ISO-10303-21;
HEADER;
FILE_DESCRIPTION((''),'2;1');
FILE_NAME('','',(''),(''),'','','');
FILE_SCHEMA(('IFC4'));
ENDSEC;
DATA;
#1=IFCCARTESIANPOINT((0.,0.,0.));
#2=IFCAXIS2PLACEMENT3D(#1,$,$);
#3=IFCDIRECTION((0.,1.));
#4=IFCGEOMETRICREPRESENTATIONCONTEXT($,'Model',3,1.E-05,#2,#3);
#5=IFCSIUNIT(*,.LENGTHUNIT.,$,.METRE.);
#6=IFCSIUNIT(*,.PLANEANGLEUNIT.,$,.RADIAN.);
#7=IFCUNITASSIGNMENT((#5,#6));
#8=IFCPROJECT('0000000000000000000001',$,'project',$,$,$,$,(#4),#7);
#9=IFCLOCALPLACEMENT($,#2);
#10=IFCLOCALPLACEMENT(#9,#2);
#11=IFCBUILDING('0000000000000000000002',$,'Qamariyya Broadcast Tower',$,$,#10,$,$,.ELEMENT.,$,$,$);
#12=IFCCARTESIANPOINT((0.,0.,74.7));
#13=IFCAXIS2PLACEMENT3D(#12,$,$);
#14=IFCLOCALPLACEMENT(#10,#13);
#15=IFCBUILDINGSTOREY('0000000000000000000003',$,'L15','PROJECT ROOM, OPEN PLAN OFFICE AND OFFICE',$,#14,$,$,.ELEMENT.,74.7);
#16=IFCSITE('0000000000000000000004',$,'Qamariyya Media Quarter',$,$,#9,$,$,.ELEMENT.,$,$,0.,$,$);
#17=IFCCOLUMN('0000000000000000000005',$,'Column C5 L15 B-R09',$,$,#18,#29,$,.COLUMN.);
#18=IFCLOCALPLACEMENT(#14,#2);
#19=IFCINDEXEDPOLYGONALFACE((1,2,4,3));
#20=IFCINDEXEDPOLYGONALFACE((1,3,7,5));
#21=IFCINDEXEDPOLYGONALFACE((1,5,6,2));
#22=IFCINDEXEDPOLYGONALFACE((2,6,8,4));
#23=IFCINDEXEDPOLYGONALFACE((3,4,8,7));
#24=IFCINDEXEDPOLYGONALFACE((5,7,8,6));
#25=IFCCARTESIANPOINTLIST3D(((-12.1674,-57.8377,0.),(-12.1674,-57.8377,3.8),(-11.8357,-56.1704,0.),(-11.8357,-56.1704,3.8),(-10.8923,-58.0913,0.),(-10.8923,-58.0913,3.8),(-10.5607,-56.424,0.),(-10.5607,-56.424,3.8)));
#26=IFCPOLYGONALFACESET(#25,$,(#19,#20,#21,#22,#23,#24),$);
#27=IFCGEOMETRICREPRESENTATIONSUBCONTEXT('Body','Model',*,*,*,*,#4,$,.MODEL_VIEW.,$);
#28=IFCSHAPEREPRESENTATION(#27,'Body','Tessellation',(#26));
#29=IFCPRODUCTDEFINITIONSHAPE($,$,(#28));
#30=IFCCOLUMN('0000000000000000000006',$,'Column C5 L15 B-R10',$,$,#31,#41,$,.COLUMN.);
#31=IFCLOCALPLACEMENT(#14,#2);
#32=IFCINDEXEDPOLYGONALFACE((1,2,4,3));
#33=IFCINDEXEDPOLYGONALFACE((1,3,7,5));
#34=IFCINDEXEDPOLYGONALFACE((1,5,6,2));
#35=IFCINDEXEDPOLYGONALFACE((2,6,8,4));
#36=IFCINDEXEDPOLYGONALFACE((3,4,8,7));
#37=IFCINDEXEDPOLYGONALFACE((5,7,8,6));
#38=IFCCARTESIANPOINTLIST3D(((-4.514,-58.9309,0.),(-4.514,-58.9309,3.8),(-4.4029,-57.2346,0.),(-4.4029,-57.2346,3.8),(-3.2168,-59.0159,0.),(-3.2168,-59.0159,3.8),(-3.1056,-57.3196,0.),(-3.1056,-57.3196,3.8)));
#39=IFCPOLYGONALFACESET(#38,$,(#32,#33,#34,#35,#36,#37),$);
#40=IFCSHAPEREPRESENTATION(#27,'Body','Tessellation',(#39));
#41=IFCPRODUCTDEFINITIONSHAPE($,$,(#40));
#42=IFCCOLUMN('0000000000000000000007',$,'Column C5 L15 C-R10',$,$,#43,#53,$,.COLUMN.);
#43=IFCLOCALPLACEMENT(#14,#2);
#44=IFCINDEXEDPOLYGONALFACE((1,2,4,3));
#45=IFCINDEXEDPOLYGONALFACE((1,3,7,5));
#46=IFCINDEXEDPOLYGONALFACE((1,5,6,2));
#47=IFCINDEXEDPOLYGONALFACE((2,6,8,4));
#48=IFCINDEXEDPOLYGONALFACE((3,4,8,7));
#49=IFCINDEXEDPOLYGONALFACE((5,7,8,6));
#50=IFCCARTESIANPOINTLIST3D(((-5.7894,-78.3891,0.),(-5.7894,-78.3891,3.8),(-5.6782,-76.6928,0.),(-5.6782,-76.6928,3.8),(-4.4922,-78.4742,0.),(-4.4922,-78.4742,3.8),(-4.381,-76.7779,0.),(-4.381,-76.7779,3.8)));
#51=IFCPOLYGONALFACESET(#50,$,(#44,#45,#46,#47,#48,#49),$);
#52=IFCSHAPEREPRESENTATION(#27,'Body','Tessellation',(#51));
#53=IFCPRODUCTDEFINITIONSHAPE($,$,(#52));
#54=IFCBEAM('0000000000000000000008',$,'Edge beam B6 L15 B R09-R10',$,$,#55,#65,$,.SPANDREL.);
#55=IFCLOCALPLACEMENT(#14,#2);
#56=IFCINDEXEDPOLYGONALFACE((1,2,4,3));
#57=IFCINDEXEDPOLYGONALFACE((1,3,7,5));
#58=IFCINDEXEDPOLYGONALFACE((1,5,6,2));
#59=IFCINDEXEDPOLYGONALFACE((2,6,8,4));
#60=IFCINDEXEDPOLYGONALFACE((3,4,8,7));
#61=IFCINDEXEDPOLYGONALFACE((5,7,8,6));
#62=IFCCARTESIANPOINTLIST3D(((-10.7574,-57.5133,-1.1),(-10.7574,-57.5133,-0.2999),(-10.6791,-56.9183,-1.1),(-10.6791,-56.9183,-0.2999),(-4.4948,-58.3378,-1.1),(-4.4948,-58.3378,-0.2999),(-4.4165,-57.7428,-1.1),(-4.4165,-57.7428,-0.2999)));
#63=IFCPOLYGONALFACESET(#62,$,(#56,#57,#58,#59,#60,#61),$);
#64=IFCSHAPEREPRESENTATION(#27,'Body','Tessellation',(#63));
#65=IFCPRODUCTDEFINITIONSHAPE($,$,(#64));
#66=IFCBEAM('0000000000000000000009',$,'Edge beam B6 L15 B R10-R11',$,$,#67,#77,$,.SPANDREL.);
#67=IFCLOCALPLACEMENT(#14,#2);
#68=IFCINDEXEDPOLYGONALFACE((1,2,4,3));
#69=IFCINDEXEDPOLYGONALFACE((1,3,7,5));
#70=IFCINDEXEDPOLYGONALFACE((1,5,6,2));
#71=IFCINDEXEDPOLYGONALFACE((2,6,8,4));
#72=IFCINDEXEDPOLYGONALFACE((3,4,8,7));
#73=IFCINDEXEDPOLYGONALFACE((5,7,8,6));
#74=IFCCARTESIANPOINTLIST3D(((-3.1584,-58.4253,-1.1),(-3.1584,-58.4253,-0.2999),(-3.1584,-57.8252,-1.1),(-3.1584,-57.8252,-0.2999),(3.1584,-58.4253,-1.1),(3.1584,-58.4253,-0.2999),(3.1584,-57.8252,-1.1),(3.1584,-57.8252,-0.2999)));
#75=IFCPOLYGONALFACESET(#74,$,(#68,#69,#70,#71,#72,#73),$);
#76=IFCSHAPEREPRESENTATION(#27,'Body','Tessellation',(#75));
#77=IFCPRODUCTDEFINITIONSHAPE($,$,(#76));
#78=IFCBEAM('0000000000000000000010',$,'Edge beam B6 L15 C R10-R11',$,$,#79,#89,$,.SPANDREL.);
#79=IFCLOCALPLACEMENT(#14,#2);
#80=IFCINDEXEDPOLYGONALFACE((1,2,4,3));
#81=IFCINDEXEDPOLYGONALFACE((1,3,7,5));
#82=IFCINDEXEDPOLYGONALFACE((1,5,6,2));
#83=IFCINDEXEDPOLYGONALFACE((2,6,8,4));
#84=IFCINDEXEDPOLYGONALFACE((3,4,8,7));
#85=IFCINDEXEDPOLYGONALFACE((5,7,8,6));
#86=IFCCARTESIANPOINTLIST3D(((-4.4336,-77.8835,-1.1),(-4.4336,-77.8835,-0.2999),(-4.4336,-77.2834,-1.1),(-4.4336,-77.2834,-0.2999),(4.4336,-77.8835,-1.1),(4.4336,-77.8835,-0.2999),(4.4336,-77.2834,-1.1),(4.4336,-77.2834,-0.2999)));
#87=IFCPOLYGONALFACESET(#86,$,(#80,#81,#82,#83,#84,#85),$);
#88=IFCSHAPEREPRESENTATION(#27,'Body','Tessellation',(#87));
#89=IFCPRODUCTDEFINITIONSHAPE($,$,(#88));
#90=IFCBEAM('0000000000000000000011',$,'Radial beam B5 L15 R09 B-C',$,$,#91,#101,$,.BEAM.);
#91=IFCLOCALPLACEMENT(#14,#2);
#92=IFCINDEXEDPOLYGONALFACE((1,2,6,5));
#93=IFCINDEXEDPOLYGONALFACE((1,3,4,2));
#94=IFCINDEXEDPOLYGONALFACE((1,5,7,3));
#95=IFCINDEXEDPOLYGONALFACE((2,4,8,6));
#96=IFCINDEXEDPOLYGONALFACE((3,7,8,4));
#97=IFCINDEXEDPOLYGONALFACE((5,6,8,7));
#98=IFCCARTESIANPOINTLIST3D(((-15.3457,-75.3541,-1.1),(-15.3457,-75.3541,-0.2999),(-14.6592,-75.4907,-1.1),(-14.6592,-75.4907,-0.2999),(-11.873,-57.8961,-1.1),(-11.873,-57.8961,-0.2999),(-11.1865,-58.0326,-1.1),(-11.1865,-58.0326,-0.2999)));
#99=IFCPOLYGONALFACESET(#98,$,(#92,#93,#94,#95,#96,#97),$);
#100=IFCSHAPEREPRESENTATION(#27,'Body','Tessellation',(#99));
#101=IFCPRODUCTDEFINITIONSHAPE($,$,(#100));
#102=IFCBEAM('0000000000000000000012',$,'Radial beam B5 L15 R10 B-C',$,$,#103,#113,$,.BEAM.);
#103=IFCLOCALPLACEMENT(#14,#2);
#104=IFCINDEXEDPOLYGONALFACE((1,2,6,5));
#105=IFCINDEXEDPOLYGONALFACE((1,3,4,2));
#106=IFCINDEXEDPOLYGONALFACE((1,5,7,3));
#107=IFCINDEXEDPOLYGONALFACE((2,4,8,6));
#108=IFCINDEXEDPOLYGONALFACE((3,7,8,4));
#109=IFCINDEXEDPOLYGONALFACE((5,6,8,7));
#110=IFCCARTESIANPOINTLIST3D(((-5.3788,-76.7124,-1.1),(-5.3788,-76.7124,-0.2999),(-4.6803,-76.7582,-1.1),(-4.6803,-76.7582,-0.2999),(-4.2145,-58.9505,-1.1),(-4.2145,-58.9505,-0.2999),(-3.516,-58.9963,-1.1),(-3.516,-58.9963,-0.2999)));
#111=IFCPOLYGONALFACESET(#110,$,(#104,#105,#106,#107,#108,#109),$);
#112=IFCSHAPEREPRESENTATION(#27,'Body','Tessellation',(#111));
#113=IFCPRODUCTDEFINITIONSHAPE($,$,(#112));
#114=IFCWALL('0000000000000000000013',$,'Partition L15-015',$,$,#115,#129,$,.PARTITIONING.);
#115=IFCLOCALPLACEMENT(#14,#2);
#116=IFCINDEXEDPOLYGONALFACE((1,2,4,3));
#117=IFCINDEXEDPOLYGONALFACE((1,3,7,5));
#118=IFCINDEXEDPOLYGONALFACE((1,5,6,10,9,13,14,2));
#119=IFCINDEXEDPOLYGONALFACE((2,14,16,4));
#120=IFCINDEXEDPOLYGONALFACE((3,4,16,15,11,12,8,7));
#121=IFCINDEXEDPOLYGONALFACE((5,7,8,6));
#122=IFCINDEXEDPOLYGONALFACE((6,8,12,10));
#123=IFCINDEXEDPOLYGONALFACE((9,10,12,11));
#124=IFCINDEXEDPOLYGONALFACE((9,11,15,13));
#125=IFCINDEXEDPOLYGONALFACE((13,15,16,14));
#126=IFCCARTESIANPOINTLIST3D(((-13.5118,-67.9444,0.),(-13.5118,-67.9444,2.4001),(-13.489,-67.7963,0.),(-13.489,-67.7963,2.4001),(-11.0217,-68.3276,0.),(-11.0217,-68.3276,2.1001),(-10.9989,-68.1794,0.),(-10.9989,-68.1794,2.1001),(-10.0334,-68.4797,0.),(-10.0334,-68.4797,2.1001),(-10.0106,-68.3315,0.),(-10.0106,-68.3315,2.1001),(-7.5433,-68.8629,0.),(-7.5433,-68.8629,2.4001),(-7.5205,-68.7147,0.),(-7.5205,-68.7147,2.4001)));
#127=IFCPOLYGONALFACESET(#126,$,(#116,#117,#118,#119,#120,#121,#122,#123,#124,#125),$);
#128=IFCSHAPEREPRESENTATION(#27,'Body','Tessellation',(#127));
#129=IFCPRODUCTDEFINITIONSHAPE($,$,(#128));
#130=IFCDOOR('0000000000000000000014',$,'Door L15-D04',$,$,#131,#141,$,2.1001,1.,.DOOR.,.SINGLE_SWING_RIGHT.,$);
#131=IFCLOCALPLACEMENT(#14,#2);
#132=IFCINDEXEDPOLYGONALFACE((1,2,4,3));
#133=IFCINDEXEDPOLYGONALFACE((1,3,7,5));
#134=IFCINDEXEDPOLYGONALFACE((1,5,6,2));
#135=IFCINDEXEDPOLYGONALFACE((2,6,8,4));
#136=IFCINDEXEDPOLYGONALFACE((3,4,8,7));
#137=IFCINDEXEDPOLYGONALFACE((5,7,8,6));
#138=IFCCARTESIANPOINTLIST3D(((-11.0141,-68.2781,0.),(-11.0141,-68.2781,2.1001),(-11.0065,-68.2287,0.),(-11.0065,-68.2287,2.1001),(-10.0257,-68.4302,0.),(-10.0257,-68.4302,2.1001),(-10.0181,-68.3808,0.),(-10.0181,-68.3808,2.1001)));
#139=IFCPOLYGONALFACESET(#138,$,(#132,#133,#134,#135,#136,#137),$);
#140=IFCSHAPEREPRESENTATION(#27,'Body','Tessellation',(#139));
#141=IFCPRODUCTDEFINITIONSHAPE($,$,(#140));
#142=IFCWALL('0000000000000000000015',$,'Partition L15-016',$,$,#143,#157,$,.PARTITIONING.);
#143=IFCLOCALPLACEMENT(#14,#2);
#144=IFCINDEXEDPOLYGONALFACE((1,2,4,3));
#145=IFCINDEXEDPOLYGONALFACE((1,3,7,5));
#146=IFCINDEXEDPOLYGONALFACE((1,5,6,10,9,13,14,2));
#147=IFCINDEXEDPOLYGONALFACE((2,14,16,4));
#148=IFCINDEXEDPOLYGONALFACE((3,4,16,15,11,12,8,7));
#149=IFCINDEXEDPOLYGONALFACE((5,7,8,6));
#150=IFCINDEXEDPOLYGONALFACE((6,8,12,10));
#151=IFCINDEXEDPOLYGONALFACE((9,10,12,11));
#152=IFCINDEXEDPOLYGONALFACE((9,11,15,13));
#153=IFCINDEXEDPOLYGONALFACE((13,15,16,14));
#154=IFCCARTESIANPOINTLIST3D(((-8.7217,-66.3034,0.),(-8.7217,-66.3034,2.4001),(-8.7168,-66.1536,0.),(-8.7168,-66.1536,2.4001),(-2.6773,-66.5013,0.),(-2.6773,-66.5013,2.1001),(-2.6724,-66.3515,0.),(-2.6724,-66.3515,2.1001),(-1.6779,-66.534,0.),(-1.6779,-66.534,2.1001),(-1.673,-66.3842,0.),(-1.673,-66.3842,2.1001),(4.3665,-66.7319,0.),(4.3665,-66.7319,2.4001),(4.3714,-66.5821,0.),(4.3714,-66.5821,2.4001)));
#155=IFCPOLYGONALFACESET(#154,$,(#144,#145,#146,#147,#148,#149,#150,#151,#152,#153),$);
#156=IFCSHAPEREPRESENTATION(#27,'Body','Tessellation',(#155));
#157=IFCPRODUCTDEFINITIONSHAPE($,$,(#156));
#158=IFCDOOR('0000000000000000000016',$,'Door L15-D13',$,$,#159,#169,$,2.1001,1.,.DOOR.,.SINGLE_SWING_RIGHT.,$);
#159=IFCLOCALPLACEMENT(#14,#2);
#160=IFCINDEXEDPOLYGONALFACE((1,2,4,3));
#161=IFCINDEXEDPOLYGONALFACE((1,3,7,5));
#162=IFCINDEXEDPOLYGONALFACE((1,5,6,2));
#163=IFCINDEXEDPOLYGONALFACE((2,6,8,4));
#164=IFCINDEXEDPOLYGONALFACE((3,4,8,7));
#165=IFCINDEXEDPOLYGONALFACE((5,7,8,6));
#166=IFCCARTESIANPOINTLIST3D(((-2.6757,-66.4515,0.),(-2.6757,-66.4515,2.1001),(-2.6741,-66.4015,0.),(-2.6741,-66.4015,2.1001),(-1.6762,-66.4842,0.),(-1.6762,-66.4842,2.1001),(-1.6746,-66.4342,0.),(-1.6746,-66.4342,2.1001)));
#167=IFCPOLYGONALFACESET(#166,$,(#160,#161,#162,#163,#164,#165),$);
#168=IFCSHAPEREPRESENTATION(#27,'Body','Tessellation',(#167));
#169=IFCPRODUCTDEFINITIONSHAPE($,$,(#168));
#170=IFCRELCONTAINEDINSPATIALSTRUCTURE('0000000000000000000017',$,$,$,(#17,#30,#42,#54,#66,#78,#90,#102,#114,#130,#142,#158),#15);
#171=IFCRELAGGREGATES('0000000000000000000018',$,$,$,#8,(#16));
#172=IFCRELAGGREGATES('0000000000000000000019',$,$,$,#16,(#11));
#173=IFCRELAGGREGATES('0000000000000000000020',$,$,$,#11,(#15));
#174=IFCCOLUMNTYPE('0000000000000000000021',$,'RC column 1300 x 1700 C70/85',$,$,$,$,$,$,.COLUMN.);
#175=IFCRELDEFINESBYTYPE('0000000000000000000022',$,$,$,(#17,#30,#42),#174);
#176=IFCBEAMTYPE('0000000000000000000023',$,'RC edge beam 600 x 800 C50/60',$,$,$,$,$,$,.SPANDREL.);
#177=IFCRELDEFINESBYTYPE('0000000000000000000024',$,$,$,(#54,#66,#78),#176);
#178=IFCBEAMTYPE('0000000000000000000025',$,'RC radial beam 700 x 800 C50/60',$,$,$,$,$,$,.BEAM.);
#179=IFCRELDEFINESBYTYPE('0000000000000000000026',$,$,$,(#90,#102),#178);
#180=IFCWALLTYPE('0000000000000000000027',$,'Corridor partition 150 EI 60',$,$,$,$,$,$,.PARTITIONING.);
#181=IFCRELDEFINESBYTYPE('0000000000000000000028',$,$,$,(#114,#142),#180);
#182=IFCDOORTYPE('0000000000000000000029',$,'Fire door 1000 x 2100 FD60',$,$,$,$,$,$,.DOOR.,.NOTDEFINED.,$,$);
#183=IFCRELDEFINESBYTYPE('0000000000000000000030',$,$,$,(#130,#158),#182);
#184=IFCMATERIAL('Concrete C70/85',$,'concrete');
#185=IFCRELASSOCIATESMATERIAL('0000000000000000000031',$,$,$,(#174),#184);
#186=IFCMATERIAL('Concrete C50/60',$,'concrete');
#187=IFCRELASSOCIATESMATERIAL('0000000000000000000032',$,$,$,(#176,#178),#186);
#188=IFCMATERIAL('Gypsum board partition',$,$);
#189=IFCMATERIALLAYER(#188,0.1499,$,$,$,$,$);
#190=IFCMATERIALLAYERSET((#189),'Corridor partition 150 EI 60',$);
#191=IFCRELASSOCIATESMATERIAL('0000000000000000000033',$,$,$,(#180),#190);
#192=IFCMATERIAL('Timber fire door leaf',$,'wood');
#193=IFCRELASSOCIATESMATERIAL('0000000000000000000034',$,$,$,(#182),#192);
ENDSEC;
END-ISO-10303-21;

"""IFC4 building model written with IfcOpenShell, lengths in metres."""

from ifc_helpers import new_model, si_unit, direction, frame, frame_2d, origin, origin_2d, place, context, subcontext, project, spatial, rectangle, extrude, material, layer, layer_set, material_profile, profile_set, type_object, element, fill, save


model = new_model("IFC4")

# Units and contexts
model_context = context("Model", 3, precision=1e-05, world=origin(), true_north=direction((0.0, 1.0)))
body_context = subcontext(model_context, "Body", "Model", "MODEL_VIEW")
ifc_project = project(units=[si_unit("LENGTHUNIT", "METRE"), si_unit("PLANEANGLEUNIT", "RADIAN")], contexts=[model_context])

# Site, building, storey
site_placement = place(None, origin())
site = spatial("IfcSite", under=ifc_project, at=site_placement, Name="Qamariyya Media Quarter", CompositionType="ELEMENT", RefElevation=0.0)
building_placement = place(site_placement, origin())
building = spatial("IfcBuilding", under=site, at=building_placement, Name="Qamariyya Broadcast Tower", CompositionType="ELEMENT")
storey_placement = place(building_placement, frame((0.0, 0.0, 74.7)))
storey = spatial("IfcBuildingStorey", under=building, at=storey_placement, Name="L15", Description="PROJECT ROOM, OPEN PLAN OFFICE AND OFFICE", CompositionType="ELEMENT", Elevation=74.7)

# Columns
ifc_material_1 = material(Name="Concrete C70/85", Category="concrete")
ifc_material_profile_1 = material_profile(ifc_material_1, rectangle(XDim=1.3, YDim=1.7, at=origin_2d()))
ifc_profile_set_1 = profile_set([ifc_material_profile_1], Name="Concrete C70/85")
column_type = type_object("IfcColumnType", Name="RC column 1300 x 1700 C70/85", PredefinedType="COLUMN", material=ifc_profile_set_1)
for number, where, z_axis, x_axis, name in (
    (1, (-11.364, -57.1309, 0.0), (0.0, 0.0, 1.0), (0.980785, -0.19509, 0.0), "Column C5 L15 B-R09"),
    (2, (-3.8098, -58.1252, 0.0), (0.0, 0.0, 1.0), (0.997859, -0.065403, 0.0), "Column C5 L15 B-R10"),
    (3, (-5.0852, -77.5835, 0.0), (0.0, 0.0, 1.0), (0.997859, -0.065403, 0.0), "Column C5 L15 C-R10"),
):
    element("IfcColumn", number, at=place(storey_placement, frame(where, z_axis=z_axis, x_axis=x_axis)), inside=storey, type_object=column_type, Name=name, PredefinedType="COLUMN", context=body_context, shape_type="SweptSolid", body=[
        extrude(rectangle(XDim=1.3, YDim=1.7, at=origin_2d()), origin(), (0.0, 0.0, 1.0), 3.8),
    ])

# Beams
ifc_material_2 = material(Name="Concrete C50/60", Category="concrete")
ifc_material_profile_2 = material_profile(ifc_material_2, rectangle(XDim=0.6001, YDim=0.8, at=origin_2d()))
ifc_profile_set_2 = profile_set([ifc_material_profile_2], Name="Concrete C50/60")
beam_type_1 = type_object("IfcBeamType", Name="RC edge beam 600 x 800 C50/60", PredefinedType="SPANDREL", material=ifc_profile_set_2)
beam_1_placement = place(storey_placement, frame((-10.7183, -57.2158, -0.7), z_axis=(0.991446, -0.13052, 0.0), x_axis=(0.13052, 0.991446, 0.0)))
element("IfcBeam", 4, at=beam_1_placement, inside=storey, type_object=beam_type_1, Name="Edge beam B6 L15 B R09-R10", PredefinedType="SPANDREL", context=body_context, shape_type="SweptSolid", body=[
    extrude(rectangle(XDim=0.6001, YDim=0.8, at=origin_2d()), origin(), (0.0, 0.0, 1.0), 6.3167),
])
beam_2_placement = place(storey_placement, frame((-3.1584, -58.1252, -0.7), z_axis=(1.0, 0.0, 0.0), x_axis=(0.0, 1.0, 0.0)))
element("IfcBeam", 5, at=beam_2_placement, inside=storey, type_object=beam_type_1, Name="Edge beam B6 L15 B R10-R11", PredefinedType="SPANDREL", context=body_context, shape_type="SweptSolid", body=[
    extrude(rectangle(XDim=0.6001, YDim=0.8, at=origin_2d()), origin(), (0.0, 0.0, 1.0), 6.3169),
])
beam_3_placement = place(storey_placement, frame((-4.4336, -77.5835, -0.7), z_axis=(1.0, 0.0, 0.0), x_axis=(0.0, 1.0, 0.0)))
element("IfcBeam", 6, at=beam_3_placement, inside=storey, type_object=beam_type_1, Name="Edge beam B6 L15 C R10-R11", PredefinedType="SPANDREL", context=body_context, shape_type="SweptSolid", body=[
    extrude(rectangle(XDim=0.6001, YDim=0.8, at=origin_2d()), origin(), (0.0, 0.0, 1.0), 8.8672),
])
ifc_material_profile_3 = material_profile(ifc_material_2, rectangle(XDim=0.7, YDim=0.8, at=origin_2d()))
ifc_profile_set_3 = profile_set([ifc_material_profile_3], Name="Concrete C50/60")
beam_type_2 = type_object("IfcBeamType", Name="RC radial beam 700 x 800 C50/60", PredefinedType="BEAM", material=ifc_profile_set_3)
for number, where, z_axis, x_axis, name in (
    (7, (-11.5298, -57.9644, -0.7), (-0.195093, -0.980785, 0.0), (0.980785, -0.195093, 0.0), "Radial beam B5 L15 R09 B-C"),
    (8, (-3.8652, -58.9734, -0.7), (-0.06541, -0.997858, 0.0), (0.997858, -0.06541, 0.0), "Radial beam B5 L15 R10 B-C"),
):
    element("IfcBeam", number, at=place(storey_placement, frame(where, z_axis=z_axis, x_axis=x_axis)), inside=storey, type_object=beam_type_2, Name=name, PredefinedType="BEAM", context=body_context, shape_type="SweptSolid", body=[
        extrude(rectangle(XDim=0.7, YDim=0.8, at=origin_2d()), origin(), (0.0, 0.0, 1.0), 17.8),
    ])

# Walls, openings, doors
ifc_material_3 = material(Name="Gypsum board partition")
ifc_layer_1 = layer(ifc_material_3, 0.1499)
ifc_layer_set_1 = layer_set([ifc_layer_1], Name="Corridor partition 150 EI 60")
wall_type_1 = type_object("IfcWallType", Name="Corridor partition 150 EI 60", PredefinedType="PARTITIONING", material=ifc_layer_set_1)
wall_1_placement = place(storey_placement, frame((-7.5317, -68.7888, 0.0), z_axis=(0.0, 0.0, 1.0), x_axis=(-0.988366, 0.152094, 0.0)))
wall_1 = element("IfcWall", 9, at=wall_1_placement, inside=storey, type_object=wall_type_1, Name="Partition L15-015", PredefinedType="PARTITIONING", context=body_context, shape_type="SweptSolid", body=[
    extrude(rectangle(XDim=6.0388, YDim=0.1499, at=frame_2d((3.0195, 0.0))), origin(), (0.0, 0.0, 1.0), 2.4001),
])
opening_1_placement = place(wall_1_placement, frame((2.5195, 0.0, 0.0)))
opening_1 = element("IfcOpeningElement", 10, at=opening_1_placement, cuts=wall_1, PredefinedType="OPENING", context=body_context, shape_type="SweptSolid", body=[
    extrude(rectangle(XDim=1.0, YDim=2.1001, at=frame_2d((0.5, 1.05))), frame((0.0, 0.085, 0.0), z_axis=(0.0, -1.0, 0.0), x_axis=(1.0, 0.0, 0.0)), (0.0, 0.0, 1.0), 0.1699),
])
ifc_material_4 = material(Name="Timber fire door leaf", Category="wood")
door_type = type_object("IfcDoorType", Name="Fire door 1000 x 2100 FD60", OperationType="NOTDEFINED", PredefinedType="DOOR", material=ifc_material_4)
door_1_placement = place(opening_1_placement, origin())
door_1 = element("IfcDoor", 11, at=door_1_placement, inside=storey, type_object=door_type, Name="Door L15-D04", OperationType="SINGLE_SWING_RIGHT", OverallHeight=2.1001, OverallWidth=1.0, PredefinedType="DOOR", context=body_context, shape_type="SweptSolid", body=[
    extrude(rectangle(XDim=1.0, YDim=2.1001, at=frame_2d((0.5, 1.05))), frame((0.0, 0.0249, 0.0), z_axis=(0.0, -1.0, 0.0), x_axis=(1.0, 0.0, 0.0)), (0.0, 0.0, 1.0), 0.05),
])
fill(opening_1, door_1)
wall_2_placement = place(storey_placement, frame((-8.7192, -66.2285, 0.0), z_axis=(0.0, 0.0, 1.0), x_axis=(0.999465, -0.03272, 0.0)))
wall_2 = element("IfcWall", 12, at=wall_2_placement, inside=storey, type_object=wall_type_1, Name="Partition L15-016", PredefinedType="PARTITIONING", context=body_context, shape_type="SweptSolid", body=[
    extrude(rectangle(XDim=13.0952, YDim=0.1499, at=frame_2d((6.5476, 0.0))), origin(), (0.0, 0.0, 1.0), 2.4001),
])
opening_2_placement = place(wall_2_placement, frame((6.0476, 0.0, 0.0)))
opening_2 = element("IfcOpeningElement", 13, at=opening_2_placement, cuts=wall_2, PredefinedType="OPENING", context=body_context, shape_type="SweptSolid", body=[
    extrude(rectangle(XDim=1.0, YDim=2.1001, at=frame_2d((0.5, 1.05))), frame((0.0, 0.085, 0.0), z_axis=(0.0, -1.0, 0.0), x_axis=(1.0, 0.0, 0.0)), (0.0, 0.0, 1.0), 0.1699),
])
door_2_placement = place(opening_2_placement, origin())
door_2 = element("IfcDoor", 14, at=door_2_placement, inside=storey, type_object=door_type, Name="Door L15-D13", OperationType="SINGLE_SWING_RIGHT", OverallHeight=2.1001, OverallWidth=1.0, PredefinedType="DOOR", context=body_context, shape_type="SweptSolid", body=[
    extrude(rectangle(XDim=1.0, YDim=2.1001, at=frame_2d((0.5, 1.05))), frame((0.0, 0.0249, 0.0), z_axis=(0.0, -1.0, 0.0), x_axis=(1.0, 0.0, 0.0)), (0.0, 0.0, 1.0), 0.05),
])
fill(opening_2, door_2)

save(model, "model.ifc")
